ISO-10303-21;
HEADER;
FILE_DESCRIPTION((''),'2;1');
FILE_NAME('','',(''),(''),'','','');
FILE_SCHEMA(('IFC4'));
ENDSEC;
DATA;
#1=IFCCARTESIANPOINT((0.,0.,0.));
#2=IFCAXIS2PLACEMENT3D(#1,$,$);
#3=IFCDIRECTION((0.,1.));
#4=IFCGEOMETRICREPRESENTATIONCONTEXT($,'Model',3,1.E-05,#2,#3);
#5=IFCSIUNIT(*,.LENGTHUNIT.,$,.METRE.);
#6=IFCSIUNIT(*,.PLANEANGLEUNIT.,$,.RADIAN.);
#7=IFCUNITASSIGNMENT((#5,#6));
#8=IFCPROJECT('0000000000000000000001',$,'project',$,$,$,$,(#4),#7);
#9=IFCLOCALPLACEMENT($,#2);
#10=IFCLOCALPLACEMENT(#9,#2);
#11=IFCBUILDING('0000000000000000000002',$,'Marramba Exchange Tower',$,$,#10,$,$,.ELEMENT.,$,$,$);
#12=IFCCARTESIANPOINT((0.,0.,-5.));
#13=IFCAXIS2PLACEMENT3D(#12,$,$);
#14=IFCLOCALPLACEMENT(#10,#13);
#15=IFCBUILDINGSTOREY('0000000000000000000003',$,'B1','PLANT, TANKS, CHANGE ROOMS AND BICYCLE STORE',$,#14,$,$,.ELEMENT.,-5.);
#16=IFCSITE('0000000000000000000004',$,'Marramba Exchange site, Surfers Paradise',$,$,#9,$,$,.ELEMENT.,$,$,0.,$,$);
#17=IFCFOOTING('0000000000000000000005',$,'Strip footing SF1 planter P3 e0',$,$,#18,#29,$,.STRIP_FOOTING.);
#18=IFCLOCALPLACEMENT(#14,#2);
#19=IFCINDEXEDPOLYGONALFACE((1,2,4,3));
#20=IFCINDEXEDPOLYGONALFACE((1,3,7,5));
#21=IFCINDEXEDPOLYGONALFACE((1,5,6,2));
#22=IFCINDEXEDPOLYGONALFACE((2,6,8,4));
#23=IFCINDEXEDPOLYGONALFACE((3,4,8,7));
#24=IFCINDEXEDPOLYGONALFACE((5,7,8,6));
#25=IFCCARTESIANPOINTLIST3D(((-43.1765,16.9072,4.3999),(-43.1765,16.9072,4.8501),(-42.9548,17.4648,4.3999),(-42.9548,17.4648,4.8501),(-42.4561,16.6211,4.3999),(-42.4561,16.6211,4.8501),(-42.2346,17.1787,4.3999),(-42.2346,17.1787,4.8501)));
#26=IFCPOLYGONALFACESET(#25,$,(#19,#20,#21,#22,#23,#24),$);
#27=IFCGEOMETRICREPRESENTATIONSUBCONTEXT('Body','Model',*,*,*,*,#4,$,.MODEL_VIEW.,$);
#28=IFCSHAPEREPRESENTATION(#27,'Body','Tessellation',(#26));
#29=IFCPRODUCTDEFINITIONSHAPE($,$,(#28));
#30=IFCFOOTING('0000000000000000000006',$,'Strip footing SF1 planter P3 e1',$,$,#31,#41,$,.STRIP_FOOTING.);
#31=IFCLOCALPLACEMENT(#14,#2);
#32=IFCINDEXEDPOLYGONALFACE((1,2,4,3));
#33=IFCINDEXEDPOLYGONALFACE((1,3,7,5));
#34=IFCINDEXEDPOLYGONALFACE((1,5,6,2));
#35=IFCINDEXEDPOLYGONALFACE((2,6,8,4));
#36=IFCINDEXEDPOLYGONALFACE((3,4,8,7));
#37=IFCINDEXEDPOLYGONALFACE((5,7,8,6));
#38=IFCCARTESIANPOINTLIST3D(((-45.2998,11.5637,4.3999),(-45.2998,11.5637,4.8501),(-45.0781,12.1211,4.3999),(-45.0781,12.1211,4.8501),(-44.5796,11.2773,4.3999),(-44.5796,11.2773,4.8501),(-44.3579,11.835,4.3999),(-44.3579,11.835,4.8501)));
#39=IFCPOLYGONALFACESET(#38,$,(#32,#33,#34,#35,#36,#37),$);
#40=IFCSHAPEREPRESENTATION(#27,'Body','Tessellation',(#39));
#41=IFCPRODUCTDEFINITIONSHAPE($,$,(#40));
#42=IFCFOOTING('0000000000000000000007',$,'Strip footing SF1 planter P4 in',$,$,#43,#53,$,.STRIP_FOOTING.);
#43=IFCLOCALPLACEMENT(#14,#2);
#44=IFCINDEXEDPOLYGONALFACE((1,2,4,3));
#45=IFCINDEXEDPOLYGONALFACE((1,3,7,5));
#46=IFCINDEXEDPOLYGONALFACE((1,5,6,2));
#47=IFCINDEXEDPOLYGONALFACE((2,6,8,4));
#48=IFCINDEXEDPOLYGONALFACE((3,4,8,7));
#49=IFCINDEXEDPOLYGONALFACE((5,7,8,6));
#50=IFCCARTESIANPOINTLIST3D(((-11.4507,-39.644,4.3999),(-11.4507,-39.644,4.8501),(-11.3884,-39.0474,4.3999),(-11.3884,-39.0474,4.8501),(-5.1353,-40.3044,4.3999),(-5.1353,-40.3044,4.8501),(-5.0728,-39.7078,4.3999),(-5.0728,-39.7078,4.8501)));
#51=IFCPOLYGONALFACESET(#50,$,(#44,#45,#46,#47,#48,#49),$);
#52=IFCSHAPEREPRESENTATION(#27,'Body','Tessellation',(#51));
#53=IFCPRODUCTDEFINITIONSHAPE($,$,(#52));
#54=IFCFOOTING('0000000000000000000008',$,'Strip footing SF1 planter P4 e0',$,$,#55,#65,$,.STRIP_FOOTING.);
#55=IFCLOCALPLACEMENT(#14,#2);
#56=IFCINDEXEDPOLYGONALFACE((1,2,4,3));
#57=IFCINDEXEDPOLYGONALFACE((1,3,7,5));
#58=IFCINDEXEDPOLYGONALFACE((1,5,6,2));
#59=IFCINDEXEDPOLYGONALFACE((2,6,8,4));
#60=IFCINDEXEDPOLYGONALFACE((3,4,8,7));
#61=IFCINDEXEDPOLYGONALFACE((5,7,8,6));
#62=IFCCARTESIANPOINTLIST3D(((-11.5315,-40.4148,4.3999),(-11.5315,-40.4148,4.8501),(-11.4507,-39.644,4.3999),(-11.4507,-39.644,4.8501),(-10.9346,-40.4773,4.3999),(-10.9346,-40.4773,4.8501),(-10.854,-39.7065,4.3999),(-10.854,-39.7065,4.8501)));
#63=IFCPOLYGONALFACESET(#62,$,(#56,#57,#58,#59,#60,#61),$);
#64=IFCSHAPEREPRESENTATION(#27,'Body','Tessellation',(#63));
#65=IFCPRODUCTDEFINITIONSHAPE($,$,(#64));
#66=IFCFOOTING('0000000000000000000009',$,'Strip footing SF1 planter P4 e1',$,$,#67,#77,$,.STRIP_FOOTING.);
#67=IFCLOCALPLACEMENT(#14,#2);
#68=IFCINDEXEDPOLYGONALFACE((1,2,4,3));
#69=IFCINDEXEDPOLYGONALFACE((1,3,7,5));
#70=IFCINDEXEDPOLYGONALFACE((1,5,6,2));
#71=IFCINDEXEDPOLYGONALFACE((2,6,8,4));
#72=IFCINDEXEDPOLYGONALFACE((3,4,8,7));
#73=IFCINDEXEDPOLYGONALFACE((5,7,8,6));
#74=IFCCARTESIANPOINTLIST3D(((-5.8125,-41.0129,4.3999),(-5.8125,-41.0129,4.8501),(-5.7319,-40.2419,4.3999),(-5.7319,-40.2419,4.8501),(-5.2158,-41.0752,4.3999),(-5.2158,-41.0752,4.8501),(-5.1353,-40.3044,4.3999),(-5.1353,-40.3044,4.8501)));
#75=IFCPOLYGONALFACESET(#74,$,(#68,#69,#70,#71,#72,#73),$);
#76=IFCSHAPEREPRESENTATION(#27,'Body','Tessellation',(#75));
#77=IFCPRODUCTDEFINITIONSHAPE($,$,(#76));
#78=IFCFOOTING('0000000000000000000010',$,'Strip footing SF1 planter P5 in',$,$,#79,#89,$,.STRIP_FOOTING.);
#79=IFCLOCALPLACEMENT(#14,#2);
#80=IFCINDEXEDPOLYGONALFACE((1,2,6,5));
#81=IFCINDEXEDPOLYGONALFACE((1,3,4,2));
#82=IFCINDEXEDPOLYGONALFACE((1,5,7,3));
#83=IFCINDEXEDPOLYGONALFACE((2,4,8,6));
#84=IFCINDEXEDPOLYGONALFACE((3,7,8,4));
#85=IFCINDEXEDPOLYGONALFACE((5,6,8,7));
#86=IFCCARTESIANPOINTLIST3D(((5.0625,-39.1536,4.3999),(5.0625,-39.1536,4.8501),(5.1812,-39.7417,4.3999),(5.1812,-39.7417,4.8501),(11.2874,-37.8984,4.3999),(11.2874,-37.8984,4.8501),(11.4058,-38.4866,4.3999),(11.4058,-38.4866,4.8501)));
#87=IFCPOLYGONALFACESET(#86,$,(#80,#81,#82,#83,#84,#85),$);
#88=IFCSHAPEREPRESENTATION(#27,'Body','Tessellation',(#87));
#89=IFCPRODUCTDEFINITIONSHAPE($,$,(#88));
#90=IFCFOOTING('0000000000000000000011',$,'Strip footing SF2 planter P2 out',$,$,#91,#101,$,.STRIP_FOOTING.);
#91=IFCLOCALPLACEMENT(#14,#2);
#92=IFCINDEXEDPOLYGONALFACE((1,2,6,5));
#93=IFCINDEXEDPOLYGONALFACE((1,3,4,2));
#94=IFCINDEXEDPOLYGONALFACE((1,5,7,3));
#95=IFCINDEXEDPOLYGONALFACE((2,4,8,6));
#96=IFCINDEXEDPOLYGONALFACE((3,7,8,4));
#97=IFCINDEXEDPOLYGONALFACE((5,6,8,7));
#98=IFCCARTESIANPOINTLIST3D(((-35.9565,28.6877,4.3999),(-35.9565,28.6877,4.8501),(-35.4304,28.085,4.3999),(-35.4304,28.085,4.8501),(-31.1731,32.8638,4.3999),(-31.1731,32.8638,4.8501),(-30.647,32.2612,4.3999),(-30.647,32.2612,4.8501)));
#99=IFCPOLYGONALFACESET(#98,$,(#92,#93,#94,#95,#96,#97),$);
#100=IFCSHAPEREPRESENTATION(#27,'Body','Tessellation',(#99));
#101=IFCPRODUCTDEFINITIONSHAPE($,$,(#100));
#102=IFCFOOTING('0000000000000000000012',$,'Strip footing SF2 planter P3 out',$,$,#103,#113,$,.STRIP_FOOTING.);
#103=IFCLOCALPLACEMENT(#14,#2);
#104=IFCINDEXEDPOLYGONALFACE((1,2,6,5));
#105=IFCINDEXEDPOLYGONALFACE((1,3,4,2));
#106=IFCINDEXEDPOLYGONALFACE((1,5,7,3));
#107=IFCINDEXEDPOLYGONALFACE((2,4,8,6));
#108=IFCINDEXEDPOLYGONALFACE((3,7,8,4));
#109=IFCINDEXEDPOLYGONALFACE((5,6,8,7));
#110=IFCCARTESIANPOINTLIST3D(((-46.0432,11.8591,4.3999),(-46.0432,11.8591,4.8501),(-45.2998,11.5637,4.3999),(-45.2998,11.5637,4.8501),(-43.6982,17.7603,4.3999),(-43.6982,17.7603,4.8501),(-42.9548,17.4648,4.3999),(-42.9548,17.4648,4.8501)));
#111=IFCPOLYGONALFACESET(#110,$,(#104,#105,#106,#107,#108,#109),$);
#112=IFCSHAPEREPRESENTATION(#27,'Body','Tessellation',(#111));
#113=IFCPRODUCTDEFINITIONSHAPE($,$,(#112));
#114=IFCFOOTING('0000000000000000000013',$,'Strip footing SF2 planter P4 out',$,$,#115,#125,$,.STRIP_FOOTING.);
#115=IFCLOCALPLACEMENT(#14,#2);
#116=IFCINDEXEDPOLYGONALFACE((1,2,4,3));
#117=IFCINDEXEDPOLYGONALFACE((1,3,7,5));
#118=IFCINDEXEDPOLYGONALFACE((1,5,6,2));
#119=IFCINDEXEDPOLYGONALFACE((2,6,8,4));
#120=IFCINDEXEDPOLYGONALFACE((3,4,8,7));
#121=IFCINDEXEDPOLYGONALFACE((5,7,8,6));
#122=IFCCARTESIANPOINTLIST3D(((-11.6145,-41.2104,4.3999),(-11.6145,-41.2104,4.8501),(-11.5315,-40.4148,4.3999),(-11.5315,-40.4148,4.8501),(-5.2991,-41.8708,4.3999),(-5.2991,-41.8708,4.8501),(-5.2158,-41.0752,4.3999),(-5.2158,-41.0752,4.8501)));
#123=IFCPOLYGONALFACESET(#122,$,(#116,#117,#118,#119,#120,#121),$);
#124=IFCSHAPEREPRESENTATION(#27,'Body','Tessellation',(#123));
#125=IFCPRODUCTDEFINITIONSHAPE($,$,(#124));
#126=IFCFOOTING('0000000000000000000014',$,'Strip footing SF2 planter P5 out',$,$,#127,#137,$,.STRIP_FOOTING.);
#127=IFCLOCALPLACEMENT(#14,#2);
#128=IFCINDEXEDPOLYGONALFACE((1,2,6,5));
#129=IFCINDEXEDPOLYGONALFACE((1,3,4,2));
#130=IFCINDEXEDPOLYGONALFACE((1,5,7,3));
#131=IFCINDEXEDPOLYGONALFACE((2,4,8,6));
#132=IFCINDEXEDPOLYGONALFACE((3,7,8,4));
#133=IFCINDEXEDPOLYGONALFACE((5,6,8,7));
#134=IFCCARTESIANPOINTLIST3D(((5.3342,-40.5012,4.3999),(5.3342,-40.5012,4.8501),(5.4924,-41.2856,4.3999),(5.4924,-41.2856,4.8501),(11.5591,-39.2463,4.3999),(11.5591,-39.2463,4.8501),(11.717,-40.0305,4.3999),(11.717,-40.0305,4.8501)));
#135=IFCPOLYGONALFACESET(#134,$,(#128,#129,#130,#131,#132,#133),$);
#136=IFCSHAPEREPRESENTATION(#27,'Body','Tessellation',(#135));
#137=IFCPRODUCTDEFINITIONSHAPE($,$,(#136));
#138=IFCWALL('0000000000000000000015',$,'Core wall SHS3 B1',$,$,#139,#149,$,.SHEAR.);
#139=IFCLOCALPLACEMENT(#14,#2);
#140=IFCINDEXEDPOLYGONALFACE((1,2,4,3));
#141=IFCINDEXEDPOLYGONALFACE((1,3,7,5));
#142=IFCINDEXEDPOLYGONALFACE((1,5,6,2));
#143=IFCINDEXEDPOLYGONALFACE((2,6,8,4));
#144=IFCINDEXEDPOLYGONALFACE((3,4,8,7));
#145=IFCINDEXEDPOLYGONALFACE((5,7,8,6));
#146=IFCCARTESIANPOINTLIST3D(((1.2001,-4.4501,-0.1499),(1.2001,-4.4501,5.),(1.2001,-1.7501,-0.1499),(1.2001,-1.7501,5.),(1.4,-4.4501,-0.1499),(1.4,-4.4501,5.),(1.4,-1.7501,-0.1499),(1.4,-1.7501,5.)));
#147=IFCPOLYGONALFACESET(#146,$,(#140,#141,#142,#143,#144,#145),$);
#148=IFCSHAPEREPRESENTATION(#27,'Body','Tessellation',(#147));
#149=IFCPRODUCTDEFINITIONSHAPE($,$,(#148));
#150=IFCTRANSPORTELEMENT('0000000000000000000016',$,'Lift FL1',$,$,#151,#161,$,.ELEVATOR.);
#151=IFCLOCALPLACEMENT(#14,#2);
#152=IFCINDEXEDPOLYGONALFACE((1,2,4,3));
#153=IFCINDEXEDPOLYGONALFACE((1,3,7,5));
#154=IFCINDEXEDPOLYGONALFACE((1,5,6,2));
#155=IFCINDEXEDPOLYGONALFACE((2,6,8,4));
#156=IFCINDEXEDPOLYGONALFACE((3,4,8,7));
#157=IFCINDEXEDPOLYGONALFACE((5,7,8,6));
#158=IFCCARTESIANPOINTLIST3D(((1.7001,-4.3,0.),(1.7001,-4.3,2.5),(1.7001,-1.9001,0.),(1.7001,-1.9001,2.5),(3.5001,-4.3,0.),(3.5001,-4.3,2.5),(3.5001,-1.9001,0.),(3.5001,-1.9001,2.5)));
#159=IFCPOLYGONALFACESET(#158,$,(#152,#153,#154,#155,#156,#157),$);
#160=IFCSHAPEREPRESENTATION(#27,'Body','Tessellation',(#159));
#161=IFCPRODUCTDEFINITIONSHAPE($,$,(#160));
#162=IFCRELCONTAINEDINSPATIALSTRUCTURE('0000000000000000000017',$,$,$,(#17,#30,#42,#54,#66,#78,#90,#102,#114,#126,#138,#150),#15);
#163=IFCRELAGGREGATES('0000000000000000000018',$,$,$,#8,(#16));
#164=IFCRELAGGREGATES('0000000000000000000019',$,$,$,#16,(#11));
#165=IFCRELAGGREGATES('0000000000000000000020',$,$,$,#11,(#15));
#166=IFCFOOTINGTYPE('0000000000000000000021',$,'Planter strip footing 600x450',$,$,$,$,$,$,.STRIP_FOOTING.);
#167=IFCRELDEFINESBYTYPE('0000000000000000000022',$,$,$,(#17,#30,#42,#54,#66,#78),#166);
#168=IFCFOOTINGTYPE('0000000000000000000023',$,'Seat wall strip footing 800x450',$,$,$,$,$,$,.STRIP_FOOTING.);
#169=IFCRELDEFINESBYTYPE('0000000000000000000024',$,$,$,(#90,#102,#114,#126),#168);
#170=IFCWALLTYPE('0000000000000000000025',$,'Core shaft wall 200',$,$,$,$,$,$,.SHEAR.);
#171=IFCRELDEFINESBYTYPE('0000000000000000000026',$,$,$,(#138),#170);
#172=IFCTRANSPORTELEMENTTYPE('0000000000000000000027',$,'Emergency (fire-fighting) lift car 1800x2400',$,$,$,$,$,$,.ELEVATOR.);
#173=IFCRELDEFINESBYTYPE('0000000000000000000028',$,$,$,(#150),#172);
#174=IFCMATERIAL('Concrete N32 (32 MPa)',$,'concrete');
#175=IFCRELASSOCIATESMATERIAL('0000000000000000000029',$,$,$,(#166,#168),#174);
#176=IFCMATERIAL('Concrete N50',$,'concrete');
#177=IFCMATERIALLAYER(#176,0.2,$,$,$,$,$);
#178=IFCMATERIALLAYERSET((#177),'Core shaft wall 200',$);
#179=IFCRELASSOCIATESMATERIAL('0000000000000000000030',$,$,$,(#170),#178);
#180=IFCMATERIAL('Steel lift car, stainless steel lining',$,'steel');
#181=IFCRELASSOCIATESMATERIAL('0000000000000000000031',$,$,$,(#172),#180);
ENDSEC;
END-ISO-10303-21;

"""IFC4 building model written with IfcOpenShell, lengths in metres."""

from ifc_helpers import new_model, si_unit, direction, frame, frame_2d, origin, origin_2d, place, context, subcontext, project, spatial, polyline, rectangle, outline, extrude, material, layer, layer_set, type_object, element, save


model = new_model("IFC4")

# Units and contexts
model_context = context("Model", 3, precision=1e-05, world=origin(), true_north=direction((0.0, 1.0)))
body_context = subcontext(model_context, "Body", "Model", "MODEL_VIEW")
ifc_project = project(units=[si_unit("LENGTHUNIT", "METRE"), si_unit("PLANEANGLEUNIT", "RADIAN")], contexts=[model_context])

# Site, building, storey
site_placement = place(None, origin())
site = spatial("IfcSite", under=ifc_project, at=site_placement, Name="Marramba Exchange site, Surfers Paradise", CompositionType="ELEMENT", RefElevation=0.0)
building_placement = place(site_placement, origin())
building = spatial("IfcBuilding", under=site, at=building_placement, Name="Marramba Exchange Tower", CompositionType="ELEMENT")
storey_placement = place(building_placement, frame((0.0, 0.0, -5.0)))
storey = spatial("IfcBuildingStorey", under=building, at=storey_placement, Name="B1", Description="PLANT, TANKS, CHANGE ROOMS AND BICYCLE STORE", CompositionType="ELEMENT", Elevation=-5.0)

# Shared definitions
ifc_material_1 = material(Name="Concrete N50", Category="concrete")

# Footings
ifc_material_2 = material(Name="Concrete N32 (32 MPa)", Category="concrete")
footing_type_1 = type_object("IfcFootingType", Name="Planter strip footing 600x450", PredefinedType="STRIP_FOOTING", material=ifc_material_2)
footing_1_placement = place(storey_placement, frame((0.0, 0.0, 4.3999)))
element("IfcFooting", 1, at=footing_1_placement, inside=storey, type_object=footing_type_1, Name="Strip footing SF1 planter P3 e0", PredefinedType="STRIP_FOOTING", context=body_context, shape_type="SweptSolid", body=[
    extrude(outline(polyline([(-42.2346, 17.1787), (-42.4561, 16.6211), (-43.1765, 16.9072), (-42.9548, 17.4648), (-42.2346, 17.1787)])), origin(), (0.0, 0.0, 1.0), 0.4502),
])
footing_2_placement = place(storey_placement, frame((0.0, 0.0, 4.3999)))
element("IfcFooting", 2, at=footing_2_placement, inside=storey, type_object=footing_type_1, Name="Strip footing SF1 planter P3 e1", PredefinedType="STRIP_FOOTING", context=body_context, shape_type="SweptSolid", body=[
    extrude(outline(polyline([(-44.3579, 11.835), (-44.5796, 11.2773), (-45.2998, 11.5637), (-45.0781, 12.1211), (-44.3579, 11.835)])), origin(), (0.0, 0.0, 1.0), 0.4502),
])
footing_3_placement = place(storey_placement, frame((0.0, 0.0, 4.3999)))
element("IfcFooting", 3, at=footing_3_placement, inside=storey, type_object=footing_type_1, Name="Strip footing SF1 planter P4 in", PredefinedType="STRIP_FOOTING", context=body_context, shape_type="SweptSolid", body=[
    extrude(outline(polyline([(-11.3884, -39.0474), (-5.0728, -39.7078), (-5.1353, -40.3044), (-11.4507, -39.644), (-11.3884, -39.0474)])), origin(), (0.0, 0.0, 1.0), 0.4502),
])
footing_4_placement = place(storey_placement, frame((0.0, 0.0, 4.3999)))
element("IfcFooting", 4, at=footing_4_placement, inside=storey, type_object=footing_type_1, Name="Strip footing SF1 planter P4 e0", PredefinedType="STRIP_FOOTING", context=body_context, shape_type="SweptSolid", body=[
    extrude(outline(polyline([(-11.4507, -39.644), (-10.854, -39.7065), (-10.9346, -40.4773), (-11.5315, -40.4148), (-11.4507, -39.644)])), origin(), (0.0, 0.0, 1.0), 0.4502),
])
footing_5_placement = place(storey_placement, frame((0.0, 0.0, 4.3999)))
element("IfcFooting", 5, at=footing_5_placement, inside=storey, type_object=footing_type_1, Name="Strip footing SF1 planter P4 e1", PredefinedType="STRIP_FOOTING", context=body_context, shape_type="SweptSolid", body=[
    extrude(outline(polyline([(-5.7319, -40.2419), (-5.1353, -40.3044), (-5.2158, -41.0752), (-5.8125, -41.0129), (-5.7319, -40.2419)])), origin(), (0.0, 0.0, 1.0), 0.4502),
])
footing_6_placement = place(storey_placement, frame((0.0, 0.0, 4.3999)))
element("IfcFooting", 6, at=footing_6_placement, inside=storey, type_object=footing_type_1, Name="Strip footing SF1 planter P5 in", PredefinedType="STRIP_FOOTING", context=body_context, shape_type="SweptSolid", body=[
    extrude(outline(polyline([(5.0625, -39.1536), (11.2874, -37.8984), (11.4058, -38.4866), (5.1812, -39.7417), (5.0625, -39.1536)])), origin(), (0.0, 0.0, 1.0), 0.4502),
])
footing_type_2 = type_object("IfcFootingType", Name="Seat wall strip footing 800x450", PredefinedType="STRIP_FOOTING", material=ifc_material_2)
footing_7_placement = place(storey_placement, frame((0.0, 0.0, 4.3999)))
element("IfcFooting", 7, at=footing_7_placement, inside=storey, type_object=footing_type_2, Name="Strip footing SF2 planter P2 out", PredefinedType="STRIP_FOOTING", context=body_context, shape_type="SweptSolid", body=[
    extrude(outline(polyline([(-30.647, 32.2612), (-35.4304, 28.085), (-35.9565, 28.6877), (-31.1731, 32.8638), (-30.647, 32.2612)])), origin(), (0.0, 0.0, 1.0), 0.4502),
])
footing_8_placement = place(storey_placement, frame((0.0, 0.0, 4.3999)))
element("IfcFooting", 8, at=footing_8_placement, inside=storey, type_object=footing_type_2, Name="Strip footing SF2 planter P3 out", PredefinedType="STRIP_FOOTING", context=body_context, shape_type="SweptSolid", body=[
    extrude(outline(polyline([(-42.9548, 17.4648), (-45.2998, 11.5637), (-46.0432, 11.8591), (-43.6982, 17.7603), (-42.9548, 17.4648)])), origin(), (0.0, 0.0, 1.0), 0.4502),
])
footing_9_placement = place(storey_placement, frame((0.0, 0.0, 4.3999)))
element("IfcFooting", 9, at=footing_9_placement, inside=storey, type_object=footing_type_2, Name="Strip footing SF2 planter P4 out", PredefinedType="STRIP_FOOTING", context=body_context, shape_type="SweptSolid", body=[
    extrude(outline(polyline([(-11.5315, -40.4148), (-5.2158, -41.0752), (-5.2991, -41.8708), (-11.6145, -41.2104), (-11.5315, -40.4148)])), origin(), (0.0, 0.0, 1.0), 0.4502),
])
footing_10_placement = place(storey_placement, frame((0.0, 0.0, 4.3999)))
element("IfcFooting", 10, at=footing_10_placement, inside=storey, type_object=footing_type_2, Name="Strip footing SF2 planter P5 out", PredefinedType="STRIP_FOOTING", context=body_context, shape_type="SweptSolid", body=[
    extrude(outline(polyline([(5.3342, -40.5012), (11.5591, -39.2463), (11.717, -40.0305), (5.4924, -41.2856), (5.3342, -40.5012)])), origin(), (0.0, 0.0, 1.0), 0.4502),
])

# Wall
ifc_layer = layer(ifc_material_1, 0.2)
ifc_layer_set = layer_set([ifc_layer], Name="Core shaft wall 200")
wall_type = type_object("IfcWallType", Name="Core shaft wall 200", PredefinedType="SHEAR", material=ifc_layer_set)
wall_placement = place(storey_placement, frame((1.3, -1.75, -0.1499), z_axis=(0.0, 0.0, 1.0), x_axis=(0.0, -1.0, 0.0)))
element("IfcWall", 11, at=wall_placement, inside=storey, type_object=wall_type, Name="Core wall SHS3 B1", PredefinedType="SHEAR", context=body_context, shape_type="SweptSolid", body=[
    extrude(rectangle(XDim=2.7, YDim=0.2, at=frame_2d((1.3501, 0.0))), origin(), (0.0, 0.0, 1.0), 5.1499),
])

# Transport element
ifc_material_3 = material(Name="Steel lift car, stainless steel lining", Category="steel")
transport_element_type = type_object("IfcTransportElementType", Name="Emergency (fire-fighting) lift car 1800x2400", PredefinedType="ELEVATOR", material=ifc_material_3)
transport_element_placement = place(storey_placement, frame((2.6001, -3.1001, 0.0), z_axis=(0.0, 0.0, 1.0), x_axis=(1.0, 0.0, 0.0)))
element("IfcTransportElement", 12, at=transport_element_placement, inside=storey, type_object=transport_element_type, Name="Lift FL1", PredefinedType="ELEVATOR", context=body_context, shape_type="SweptSolid", body=[
    extrude(rectangle(XDim=1.8, YDim=2.3999, at=origin_2d()), origin(), (0.0, 0.0, 1.0), 2.5),
])

save(model, "model.ifc")
